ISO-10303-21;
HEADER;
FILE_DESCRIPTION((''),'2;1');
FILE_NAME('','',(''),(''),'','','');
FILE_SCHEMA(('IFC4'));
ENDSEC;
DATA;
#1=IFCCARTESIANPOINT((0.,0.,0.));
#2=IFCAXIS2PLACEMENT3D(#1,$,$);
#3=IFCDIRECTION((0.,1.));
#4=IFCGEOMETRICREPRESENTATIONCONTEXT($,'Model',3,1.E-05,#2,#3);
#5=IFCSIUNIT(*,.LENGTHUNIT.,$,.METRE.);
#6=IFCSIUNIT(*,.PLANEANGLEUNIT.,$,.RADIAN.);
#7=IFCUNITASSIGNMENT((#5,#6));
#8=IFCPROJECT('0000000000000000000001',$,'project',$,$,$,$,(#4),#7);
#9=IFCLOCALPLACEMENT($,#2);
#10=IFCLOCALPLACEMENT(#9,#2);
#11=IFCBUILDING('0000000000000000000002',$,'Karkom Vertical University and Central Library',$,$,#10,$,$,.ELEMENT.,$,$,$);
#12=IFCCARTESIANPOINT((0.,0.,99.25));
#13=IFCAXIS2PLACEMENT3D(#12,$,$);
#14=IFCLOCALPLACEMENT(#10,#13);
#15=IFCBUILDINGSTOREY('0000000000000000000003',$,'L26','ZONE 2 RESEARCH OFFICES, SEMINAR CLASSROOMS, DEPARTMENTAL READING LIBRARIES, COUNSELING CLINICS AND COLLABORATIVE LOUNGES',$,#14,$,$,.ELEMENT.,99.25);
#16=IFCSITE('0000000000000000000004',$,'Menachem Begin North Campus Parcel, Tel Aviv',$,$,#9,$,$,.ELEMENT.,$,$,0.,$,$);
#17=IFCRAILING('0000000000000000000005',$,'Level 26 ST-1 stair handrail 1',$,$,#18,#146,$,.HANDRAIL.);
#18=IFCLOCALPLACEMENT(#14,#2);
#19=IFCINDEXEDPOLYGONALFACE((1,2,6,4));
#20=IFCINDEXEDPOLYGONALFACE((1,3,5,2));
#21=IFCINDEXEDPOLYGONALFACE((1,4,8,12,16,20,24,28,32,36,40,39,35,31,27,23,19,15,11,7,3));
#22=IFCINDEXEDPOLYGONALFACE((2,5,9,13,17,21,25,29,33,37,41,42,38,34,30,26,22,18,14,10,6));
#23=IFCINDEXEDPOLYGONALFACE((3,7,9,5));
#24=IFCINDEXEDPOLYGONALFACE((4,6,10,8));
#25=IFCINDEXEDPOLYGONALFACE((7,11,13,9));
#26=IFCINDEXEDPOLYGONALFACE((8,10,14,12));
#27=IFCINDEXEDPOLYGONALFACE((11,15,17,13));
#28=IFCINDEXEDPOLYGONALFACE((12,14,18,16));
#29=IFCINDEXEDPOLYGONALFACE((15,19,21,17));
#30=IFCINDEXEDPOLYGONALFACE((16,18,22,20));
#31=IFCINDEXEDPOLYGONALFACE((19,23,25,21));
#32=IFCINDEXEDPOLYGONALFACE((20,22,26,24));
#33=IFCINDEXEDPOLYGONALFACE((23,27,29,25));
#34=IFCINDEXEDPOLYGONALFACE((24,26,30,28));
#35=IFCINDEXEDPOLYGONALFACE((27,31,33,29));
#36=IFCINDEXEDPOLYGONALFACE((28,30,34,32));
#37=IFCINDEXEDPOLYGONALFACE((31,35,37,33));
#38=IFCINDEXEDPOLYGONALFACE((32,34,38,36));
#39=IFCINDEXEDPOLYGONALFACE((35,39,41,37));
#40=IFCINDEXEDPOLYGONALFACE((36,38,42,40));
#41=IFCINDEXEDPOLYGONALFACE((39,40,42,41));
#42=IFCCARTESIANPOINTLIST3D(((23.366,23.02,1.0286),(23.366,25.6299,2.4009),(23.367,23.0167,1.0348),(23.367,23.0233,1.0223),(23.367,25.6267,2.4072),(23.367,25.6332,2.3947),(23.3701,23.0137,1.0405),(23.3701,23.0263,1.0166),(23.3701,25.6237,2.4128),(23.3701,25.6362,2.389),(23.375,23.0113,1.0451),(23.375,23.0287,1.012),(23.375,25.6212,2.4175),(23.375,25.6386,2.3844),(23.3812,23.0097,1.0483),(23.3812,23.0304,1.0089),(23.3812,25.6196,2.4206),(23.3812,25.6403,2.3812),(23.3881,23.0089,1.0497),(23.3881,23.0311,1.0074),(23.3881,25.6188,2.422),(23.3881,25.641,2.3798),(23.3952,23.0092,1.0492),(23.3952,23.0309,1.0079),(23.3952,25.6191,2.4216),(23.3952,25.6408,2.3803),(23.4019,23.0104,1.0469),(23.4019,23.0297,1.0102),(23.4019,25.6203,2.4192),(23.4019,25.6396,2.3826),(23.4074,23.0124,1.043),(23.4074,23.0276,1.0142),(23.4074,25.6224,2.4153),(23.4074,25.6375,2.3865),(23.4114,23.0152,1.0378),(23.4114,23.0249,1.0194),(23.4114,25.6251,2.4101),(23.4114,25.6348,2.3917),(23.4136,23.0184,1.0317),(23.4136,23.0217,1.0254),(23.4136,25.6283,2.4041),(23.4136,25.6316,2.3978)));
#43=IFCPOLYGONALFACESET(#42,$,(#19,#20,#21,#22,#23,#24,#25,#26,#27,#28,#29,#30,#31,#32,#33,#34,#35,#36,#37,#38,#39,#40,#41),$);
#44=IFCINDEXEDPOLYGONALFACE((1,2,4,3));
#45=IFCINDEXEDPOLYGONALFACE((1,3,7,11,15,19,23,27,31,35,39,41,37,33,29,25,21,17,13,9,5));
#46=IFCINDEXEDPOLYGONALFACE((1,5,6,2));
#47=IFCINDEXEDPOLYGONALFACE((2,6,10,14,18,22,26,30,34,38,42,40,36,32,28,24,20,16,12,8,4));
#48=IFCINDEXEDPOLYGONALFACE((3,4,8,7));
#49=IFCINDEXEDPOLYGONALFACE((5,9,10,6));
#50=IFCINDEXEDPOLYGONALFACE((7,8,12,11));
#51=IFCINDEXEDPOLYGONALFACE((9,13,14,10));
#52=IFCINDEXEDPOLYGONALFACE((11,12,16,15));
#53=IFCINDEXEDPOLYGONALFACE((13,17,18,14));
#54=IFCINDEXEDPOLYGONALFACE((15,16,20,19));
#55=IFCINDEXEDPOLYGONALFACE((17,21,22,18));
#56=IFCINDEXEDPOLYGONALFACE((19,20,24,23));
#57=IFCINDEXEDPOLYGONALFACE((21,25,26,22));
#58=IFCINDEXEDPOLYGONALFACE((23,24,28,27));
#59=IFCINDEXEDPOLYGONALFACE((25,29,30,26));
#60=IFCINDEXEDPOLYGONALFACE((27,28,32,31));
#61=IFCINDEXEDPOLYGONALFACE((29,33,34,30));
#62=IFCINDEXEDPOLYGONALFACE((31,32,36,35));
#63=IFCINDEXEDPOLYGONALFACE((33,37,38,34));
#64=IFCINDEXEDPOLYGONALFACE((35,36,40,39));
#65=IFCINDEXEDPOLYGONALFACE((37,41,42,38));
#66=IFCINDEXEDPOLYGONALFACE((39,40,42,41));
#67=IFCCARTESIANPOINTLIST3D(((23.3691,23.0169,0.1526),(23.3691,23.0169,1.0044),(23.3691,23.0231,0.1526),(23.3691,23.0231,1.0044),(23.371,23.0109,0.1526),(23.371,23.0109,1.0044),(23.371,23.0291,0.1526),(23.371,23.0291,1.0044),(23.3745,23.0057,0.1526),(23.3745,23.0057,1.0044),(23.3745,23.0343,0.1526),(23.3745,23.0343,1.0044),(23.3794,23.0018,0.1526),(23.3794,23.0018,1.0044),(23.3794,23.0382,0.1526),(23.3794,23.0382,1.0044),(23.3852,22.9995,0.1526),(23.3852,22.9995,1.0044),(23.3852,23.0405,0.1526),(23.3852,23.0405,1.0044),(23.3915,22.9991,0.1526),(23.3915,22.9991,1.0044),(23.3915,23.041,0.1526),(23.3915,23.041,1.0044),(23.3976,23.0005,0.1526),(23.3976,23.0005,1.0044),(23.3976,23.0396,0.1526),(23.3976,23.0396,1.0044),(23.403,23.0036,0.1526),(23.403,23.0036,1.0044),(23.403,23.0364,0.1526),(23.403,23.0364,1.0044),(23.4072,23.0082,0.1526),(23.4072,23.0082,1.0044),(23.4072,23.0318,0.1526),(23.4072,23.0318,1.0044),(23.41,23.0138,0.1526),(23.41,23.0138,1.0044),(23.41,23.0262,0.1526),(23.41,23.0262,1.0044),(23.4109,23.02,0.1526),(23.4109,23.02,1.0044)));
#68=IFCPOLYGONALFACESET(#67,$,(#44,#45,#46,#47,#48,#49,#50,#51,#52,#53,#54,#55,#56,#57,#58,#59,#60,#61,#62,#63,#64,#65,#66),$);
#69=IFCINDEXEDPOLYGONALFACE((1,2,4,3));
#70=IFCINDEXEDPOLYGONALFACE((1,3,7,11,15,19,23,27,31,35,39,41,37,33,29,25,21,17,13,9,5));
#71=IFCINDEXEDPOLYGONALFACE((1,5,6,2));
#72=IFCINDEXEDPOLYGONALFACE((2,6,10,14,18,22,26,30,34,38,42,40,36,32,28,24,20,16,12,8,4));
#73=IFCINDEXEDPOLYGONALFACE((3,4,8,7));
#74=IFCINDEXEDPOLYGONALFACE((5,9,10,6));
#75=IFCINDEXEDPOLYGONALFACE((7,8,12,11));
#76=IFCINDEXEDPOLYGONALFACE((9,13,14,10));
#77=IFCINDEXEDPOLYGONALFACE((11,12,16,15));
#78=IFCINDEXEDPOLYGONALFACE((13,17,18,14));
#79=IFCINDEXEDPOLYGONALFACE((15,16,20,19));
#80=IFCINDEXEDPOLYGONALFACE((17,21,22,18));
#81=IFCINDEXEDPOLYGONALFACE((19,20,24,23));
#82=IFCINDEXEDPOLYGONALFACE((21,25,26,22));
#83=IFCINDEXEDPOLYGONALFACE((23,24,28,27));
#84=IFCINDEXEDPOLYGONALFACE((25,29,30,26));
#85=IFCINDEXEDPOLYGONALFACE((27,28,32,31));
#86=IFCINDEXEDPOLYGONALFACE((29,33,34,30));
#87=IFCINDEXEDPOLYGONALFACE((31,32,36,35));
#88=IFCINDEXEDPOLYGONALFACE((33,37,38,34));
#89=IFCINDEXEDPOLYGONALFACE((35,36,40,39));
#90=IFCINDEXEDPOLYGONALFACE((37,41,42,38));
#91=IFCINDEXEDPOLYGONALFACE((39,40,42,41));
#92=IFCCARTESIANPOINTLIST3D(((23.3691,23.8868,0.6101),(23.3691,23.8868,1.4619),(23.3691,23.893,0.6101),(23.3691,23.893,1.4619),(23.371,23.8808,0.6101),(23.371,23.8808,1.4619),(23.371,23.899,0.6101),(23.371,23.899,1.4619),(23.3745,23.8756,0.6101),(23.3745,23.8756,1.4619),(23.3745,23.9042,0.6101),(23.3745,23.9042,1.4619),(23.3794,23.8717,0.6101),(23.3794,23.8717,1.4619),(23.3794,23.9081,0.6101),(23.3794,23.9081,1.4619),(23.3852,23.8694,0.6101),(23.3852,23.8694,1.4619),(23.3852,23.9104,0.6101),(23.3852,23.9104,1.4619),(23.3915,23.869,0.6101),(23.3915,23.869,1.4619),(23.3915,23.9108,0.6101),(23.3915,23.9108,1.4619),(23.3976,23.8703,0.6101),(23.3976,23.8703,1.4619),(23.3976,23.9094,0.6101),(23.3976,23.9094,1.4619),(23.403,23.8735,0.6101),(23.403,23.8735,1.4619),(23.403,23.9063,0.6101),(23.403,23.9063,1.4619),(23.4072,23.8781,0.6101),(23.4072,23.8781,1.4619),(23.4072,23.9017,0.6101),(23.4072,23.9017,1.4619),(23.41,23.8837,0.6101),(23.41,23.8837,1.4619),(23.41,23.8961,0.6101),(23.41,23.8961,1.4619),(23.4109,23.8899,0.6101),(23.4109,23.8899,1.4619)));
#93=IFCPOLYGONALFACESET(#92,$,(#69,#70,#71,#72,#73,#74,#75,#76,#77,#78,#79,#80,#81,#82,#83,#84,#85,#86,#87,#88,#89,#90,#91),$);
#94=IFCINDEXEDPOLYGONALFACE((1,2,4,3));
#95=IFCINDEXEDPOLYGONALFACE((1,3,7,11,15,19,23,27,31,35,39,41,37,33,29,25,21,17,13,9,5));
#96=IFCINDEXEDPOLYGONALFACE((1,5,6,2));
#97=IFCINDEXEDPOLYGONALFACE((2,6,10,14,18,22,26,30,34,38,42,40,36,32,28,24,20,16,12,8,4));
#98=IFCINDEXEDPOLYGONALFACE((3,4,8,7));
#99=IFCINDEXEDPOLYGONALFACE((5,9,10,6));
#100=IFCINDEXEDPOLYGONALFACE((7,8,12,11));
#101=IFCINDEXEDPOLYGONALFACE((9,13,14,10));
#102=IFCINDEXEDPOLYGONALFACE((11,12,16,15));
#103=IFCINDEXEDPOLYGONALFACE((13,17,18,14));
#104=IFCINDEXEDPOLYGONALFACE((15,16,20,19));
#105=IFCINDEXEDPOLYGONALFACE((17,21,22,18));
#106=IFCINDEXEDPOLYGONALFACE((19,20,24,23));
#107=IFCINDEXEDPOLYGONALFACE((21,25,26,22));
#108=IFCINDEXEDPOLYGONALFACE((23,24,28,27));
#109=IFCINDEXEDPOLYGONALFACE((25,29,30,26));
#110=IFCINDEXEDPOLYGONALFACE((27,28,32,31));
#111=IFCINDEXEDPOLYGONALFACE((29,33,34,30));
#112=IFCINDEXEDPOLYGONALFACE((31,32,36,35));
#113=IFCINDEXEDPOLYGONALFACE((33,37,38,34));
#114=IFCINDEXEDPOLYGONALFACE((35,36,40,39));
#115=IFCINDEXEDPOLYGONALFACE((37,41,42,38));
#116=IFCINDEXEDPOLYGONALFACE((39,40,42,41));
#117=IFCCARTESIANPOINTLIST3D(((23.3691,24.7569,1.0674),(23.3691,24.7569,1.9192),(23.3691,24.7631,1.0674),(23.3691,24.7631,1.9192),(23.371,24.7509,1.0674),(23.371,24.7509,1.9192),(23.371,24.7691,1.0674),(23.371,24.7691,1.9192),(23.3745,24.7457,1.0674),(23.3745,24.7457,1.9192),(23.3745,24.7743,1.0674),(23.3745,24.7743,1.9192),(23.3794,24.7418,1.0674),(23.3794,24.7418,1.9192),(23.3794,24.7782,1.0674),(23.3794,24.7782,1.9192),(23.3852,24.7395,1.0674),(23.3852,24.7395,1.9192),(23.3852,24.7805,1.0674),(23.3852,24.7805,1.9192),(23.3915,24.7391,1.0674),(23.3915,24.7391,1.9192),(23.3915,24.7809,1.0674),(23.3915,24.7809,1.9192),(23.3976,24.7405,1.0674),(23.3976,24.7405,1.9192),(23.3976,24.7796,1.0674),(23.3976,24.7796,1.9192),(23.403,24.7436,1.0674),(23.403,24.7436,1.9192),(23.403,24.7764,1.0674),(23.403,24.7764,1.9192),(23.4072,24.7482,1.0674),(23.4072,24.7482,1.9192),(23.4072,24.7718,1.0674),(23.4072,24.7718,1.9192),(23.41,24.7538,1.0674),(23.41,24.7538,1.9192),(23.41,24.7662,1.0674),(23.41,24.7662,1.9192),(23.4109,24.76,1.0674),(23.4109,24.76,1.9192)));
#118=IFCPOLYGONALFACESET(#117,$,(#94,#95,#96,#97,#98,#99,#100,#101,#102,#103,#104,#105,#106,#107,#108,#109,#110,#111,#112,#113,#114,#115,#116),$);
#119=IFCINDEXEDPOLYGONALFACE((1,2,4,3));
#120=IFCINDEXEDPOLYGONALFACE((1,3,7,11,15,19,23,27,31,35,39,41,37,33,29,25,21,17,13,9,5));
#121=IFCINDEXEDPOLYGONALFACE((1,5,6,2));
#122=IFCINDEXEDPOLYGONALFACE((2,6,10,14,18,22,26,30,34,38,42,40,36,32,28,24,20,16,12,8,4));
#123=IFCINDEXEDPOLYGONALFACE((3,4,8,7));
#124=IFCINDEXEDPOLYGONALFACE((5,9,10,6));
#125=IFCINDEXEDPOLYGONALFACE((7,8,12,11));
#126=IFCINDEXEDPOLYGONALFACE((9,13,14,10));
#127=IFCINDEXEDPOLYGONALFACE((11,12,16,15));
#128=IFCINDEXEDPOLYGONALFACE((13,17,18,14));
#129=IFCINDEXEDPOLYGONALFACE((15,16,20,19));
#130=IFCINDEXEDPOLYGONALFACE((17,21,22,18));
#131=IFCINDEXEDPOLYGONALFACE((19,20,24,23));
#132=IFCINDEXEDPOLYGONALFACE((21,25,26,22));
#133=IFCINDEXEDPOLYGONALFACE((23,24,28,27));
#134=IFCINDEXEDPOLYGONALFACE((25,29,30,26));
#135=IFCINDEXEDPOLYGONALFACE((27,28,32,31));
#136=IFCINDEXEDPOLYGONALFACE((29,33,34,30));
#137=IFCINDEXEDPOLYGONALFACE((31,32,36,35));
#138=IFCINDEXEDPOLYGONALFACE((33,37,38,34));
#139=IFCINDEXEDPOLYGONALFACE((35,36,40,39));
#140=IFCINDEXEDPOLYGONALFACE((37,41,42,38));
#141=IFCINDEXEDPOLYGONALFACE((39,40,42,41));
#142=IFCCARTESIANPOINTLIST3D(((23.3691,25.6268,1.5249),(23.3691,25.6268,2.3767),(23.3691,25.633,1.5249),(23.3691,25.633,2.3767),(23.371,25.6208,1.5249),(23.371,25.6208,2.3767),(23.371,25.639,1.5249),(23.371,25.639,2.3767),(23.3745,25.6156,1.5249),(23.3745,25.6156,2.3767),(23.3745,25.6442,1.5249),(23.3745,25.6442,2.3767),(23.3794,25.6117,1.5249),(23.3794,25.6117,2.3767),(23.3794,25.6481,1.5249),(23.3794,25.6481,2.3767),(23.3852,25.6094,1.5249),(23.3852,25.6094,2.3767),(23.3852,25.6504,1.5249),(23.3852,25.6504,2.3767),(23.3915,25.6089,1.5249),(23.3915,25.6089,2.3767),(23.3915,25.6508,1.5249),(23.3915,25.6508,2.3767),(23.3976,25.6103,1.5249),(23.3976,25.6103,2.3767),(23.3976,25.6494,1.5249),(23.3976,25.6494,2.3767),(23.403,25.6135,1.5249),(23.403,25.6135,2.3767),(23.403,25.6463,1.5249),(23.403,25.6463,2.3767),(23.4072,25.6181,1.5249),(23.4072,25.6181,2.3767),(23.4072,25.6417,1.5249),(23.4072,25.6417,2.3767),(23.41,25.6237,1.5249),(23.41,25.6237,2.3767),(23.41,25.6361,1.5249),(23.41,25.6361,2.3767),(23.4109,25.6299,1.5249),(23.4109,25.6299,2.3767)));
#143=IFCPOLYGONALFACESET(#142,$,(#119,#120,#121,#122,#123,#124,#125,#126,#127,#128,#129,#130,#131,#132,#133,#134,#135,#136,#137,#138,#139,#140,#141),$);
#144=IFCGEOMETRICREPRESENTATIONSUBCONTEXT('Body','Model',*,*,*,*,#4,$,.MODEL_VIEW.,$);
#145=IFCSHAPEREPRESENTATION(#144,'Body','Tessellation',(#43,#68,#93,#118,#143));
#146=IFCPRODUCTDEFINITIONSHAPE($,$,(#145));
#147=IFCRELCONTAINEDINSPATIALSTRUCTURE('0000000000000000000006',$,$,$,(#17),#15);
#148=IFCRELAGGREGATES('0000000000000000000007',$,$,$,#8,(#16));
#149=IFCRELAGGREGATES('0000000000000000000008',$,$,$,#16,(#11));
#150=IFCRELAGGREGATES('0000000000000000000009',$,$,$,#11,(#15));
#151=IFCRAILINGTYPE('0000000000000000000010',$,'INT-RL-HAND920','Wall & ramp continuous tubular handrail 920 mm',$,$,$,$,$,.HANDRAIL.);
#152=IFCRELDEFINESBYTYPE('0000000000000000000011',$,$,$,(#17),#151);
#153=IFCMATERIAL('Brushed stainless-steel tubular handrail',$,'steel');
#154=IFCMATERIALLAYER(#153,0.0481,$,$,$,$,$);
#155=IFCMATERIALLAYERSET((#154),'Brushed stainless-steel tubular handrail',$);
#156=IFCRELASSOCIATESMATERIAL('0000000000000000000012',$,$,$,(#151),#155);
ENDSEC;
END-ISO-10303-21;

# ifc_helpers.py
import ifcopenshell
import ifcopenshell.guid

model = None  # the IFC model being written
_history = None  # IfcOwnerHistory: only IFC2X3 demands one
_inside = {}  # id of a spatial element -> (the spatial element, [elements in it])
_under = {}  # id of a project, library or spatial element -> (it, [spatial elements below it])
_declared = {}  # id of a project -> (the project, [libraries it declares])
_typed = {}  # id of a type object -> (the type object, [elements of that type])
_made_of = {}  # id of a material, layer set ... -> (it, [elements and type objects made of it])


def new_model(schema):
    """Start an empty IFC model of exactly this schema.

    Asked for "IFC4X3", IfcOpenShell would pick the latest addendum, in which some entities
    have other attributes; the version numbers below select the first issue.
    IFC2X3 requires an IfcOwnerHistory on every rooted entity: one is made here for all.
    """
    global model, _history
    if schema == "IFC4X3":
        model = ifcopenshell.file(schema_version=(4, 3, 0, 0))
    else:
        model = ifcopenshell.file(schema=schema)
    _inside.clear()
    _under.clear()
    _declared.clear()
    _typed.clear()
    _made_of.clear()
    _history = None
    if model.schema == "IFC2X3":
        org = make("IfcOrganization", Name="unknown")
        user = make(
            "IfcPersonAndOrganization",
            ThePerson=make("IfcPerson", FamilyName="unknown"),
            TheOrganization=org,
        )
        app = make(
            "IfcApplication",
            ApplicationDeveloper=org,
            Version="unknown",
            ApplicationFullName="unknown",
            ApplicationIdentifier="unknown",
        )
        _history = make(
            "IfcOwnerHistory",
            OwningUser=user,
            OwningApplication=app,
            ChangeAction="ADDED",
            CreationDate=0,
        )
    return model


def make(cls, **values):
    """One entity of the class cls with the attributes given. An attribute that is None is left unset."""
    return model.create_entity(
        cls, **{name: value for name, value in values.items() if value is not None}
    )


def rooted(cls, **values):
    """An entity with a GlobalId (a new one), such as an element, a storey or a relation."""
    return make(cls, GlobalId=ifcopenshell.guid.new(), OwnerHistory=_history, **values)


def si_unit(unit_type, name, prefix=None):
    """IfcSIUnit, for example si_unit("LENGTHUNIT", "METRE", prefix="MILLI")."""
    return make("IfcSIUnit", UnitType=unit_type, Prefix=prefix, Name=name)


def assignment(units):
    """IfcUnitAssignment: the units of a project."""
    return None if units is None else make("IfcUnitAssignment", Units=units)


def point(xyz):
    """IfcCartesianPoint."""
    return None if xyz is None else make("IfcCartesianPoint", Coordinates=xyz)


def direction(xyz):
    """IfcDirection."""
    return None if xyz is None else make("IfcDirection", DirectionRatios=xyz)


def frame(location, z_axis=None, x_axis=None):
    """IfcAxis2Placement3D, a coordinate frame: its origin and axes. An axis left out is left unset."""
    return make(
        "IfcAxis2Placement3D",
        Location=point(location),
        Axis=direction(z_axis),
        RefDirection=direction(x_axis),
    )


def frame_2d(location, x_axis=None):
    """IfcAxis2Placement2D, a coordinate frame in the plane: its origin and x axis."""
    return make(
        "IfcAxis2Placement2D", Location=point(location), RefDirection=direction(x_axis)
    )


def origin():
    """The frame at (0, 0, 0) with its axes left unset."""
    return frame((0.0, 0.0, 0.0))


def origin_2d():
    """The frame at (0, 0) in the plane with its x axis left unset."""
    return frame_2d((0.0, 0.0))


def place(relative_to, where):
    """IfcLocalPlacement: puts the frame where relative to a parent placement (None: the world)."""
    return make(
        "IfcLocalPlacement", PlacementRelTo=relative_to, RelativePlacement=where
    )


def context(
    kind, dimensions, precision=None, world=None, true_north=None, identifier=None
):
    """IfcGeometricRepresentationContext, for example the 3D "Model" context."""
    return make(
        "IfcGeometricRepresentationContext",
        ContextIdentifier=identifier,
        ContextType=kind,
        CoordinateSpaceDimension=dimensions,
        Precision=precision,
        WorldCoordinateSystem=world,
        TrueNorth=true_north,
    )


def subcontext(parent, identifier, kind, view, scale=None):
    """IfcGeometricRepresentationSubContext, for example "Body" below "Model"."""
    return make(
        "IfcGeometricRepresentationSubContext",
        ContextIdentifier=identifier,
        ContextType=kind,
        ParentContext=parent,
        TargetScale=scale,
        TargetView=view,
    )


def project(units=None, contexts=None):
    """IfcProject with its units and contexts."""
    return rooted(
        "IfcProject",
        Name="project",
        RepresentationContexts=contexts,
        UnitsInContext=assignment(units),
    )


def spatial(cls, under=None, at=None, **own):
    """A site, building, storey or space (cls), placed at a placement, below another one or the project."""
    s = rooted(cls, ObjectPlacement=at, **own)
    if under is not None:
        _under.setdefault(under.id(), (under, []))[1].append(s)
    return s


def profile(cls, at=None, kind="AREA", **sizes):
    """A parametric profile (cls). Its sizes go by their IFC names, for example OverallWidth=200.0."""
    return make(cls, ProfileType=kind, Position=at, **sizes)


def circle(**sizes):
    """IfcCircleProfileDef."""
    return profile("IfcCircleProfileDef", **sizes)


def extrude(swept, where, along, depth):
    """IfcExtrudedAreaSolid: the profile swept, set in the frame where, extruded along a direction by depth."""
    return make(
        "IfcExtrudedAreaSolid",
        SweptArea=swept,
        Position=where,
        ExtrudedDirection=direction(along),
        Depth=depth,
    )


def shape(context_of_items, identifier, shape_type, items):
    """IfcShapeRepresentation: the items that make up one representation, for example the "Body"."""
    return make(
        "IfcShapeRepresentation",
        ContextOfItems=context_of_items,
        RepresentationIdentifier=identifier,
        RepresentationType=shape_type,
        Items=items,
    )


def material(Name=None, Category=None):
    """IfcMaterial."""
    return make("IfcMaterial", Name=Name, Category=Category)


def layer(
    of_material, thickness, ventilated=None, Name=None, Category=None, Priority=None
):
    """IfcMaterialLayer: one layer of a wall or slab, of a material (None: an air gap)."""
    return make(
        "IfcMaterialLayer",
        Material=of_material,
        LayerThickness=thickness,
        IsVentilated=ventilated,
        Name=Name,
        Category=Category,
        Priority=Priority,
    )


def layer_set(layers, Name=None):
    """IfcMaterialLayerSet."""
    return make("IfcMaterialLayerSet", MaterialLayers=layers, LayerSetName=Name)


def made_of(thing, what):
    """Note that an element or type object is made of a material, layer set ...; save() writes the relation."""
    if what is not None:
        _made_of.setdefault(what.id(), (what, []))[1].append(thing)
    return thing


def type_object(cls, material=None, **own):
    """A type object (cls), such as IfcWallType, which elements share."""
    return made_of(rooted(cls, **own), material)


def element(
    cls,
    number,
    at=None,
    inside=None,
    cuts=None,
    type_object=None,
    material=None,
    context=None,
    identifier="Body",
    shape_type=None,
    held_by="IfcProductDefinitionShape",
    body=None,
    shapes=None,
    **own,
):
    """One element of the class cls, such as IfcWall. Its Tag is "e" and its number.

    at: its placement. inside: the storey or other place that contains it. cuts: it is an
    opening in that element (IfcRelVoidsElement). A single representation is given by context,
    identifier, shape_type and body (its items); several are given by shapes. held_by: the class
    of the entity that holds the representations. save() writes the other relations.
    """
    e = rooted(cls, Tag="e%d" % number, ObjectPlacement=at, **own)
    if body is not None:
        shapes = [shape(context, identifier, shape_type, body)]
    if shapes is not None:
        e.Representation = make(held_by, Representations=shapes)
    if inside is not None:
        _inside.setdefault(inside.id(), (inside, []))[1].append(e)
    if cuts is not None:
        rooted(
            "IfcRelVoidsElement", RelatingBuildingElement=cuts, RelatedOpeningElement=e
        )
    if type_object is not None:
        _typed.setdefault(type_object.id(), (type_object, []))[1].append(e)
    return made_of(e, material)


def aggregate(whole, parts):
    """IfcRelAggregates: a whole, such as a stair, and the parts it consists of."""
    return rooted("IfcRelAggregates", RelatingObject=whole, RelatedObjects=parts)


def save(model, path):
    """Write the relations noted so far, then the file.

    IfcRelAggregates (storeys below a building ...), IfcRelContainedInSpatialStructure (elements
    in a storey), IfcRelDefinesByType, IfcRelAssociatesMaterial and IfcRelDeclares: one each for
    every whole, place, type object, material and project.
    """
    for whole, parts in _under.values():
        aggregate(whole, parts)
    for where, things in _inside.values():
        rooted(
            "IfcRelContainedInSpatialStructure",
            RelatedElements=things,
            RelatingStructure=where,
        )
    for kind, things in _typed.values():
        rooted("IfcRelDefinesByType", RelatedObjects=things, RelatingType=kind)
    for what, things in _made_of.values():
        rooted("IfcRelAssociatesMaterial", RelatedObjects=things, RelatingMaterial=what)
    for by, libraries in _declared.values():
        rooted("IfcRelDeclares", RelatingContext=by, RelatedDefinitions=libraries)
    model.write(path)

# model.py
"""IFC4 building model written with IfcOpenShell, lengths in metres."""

from ifc_helpers import new_model, si_unit, direction, frame, origin, origin_2d, place, context, subcontext, project, spatial, circle, extrude, material, layer, layer_set, type_object, element, save


model = new_model("IFC4")

# Units and contexts
model_context = context("Model", 3, precision=1e-05, world=origin(), true_north=direction((0.0, 1.0)))
body_context = subcontext(model_context, "Body", "Model", "MODEL_VIEW")
ifc_project = project(units=[si_unit("LENGTHUNIT", "METRE"), si_unit("PLANEANGLEUNIT", "RADIAN")], contexts=[model_context])

# Site, building, storey
site_placement = place(None, origin())
site = spatial("IfcSite", under=ifc_project, at=site_placement, Name="Menachem Begin North Campus Parcel, Tel Aviv", CompositionType="ELEMENT", RefElevation=0.0)
building_placement = place(site_placement, origin())
building = spatial("IfcBuilding", under=site, at=building_placement, Name="Karkom Vertical University and Central Library", CompositionType="ELEMENT")
storey_placement = place(building_placement, frame((0.0, 0.0, 99.25)))
storey = spatial("IfcBuildingStorey", under=building, at=storey_placement, Name="L26", Description="ZONE 2 RESEARCH OFFICES, SEMINAR CLASSROOMS, DEPARTMENTAL READING LIBRARIES, COUNSELING CLINICS AND COLLABORATIVE LOUNGES", CompositionType="ELEMENT", Elevation=99.25)

# Railing
ifc_material_1 = material(Name="Brushed stainless-steel tubular handrail", Category="steel")
ifc_layer_1 = layer(ifc_material_1, 0.0481)
ifc_layer_set_1 = layer_set([ifc_layer_1], Name="Brushed stainless-steel tubular handrail")
railing_type_1 = type_object("IfcRailingType", Name="INT-RL-HAND920", Description="Wall & ramp continuous tubular handrail 920 mm", PredefinedType="HANDRAIL", material=ifc_layer_set_1)
railing_1_placement = place(storey_placement, frame((23.3899, 23.02, 0.1526)))
element("IfcRailing", 1, at=railing_1_placement, inside=storey, type_object=railing_type_1, Name="Level 26 ST-1 stair handrail 1", PredefinedType="HANDRAIL", context=body_context, shape_type="SweptSolid", body=[
    extrude(circle(Radius=0.0239, at=origin_2d()), frame((0.0, 0.0, 0.876), z_axis=(0.0, 0.8851, 0.465402), x_axis=(-1.0, 0.0, 0.0)), (0.0, 0.0, 1.0), 2.9487),
    extrude(circle(Radius=0.021, at=origin_2d()), origin(), (0.0, 0.0, 1.0), 0.8518),
    extrude(circle(Radius=0.021, at=origin_2d()), frame((0.0, 0.8699, 0.4575)), (0.0, 0.0, 1.0), 0.8518),
    extrude(circle(Radius=0.021, at=origin_2d()), frame((0.0, 1.74, 0.9148)), (0.0, 0.0, 1.0), 0.8518),
    extrude(circle(Radius=0.021, at=origin_2d()), frame((0.0, 2.6099, 1.3723)), (0.0, 0.0, 1.0), 0.8518),
])

save(model, "model.ifc")
